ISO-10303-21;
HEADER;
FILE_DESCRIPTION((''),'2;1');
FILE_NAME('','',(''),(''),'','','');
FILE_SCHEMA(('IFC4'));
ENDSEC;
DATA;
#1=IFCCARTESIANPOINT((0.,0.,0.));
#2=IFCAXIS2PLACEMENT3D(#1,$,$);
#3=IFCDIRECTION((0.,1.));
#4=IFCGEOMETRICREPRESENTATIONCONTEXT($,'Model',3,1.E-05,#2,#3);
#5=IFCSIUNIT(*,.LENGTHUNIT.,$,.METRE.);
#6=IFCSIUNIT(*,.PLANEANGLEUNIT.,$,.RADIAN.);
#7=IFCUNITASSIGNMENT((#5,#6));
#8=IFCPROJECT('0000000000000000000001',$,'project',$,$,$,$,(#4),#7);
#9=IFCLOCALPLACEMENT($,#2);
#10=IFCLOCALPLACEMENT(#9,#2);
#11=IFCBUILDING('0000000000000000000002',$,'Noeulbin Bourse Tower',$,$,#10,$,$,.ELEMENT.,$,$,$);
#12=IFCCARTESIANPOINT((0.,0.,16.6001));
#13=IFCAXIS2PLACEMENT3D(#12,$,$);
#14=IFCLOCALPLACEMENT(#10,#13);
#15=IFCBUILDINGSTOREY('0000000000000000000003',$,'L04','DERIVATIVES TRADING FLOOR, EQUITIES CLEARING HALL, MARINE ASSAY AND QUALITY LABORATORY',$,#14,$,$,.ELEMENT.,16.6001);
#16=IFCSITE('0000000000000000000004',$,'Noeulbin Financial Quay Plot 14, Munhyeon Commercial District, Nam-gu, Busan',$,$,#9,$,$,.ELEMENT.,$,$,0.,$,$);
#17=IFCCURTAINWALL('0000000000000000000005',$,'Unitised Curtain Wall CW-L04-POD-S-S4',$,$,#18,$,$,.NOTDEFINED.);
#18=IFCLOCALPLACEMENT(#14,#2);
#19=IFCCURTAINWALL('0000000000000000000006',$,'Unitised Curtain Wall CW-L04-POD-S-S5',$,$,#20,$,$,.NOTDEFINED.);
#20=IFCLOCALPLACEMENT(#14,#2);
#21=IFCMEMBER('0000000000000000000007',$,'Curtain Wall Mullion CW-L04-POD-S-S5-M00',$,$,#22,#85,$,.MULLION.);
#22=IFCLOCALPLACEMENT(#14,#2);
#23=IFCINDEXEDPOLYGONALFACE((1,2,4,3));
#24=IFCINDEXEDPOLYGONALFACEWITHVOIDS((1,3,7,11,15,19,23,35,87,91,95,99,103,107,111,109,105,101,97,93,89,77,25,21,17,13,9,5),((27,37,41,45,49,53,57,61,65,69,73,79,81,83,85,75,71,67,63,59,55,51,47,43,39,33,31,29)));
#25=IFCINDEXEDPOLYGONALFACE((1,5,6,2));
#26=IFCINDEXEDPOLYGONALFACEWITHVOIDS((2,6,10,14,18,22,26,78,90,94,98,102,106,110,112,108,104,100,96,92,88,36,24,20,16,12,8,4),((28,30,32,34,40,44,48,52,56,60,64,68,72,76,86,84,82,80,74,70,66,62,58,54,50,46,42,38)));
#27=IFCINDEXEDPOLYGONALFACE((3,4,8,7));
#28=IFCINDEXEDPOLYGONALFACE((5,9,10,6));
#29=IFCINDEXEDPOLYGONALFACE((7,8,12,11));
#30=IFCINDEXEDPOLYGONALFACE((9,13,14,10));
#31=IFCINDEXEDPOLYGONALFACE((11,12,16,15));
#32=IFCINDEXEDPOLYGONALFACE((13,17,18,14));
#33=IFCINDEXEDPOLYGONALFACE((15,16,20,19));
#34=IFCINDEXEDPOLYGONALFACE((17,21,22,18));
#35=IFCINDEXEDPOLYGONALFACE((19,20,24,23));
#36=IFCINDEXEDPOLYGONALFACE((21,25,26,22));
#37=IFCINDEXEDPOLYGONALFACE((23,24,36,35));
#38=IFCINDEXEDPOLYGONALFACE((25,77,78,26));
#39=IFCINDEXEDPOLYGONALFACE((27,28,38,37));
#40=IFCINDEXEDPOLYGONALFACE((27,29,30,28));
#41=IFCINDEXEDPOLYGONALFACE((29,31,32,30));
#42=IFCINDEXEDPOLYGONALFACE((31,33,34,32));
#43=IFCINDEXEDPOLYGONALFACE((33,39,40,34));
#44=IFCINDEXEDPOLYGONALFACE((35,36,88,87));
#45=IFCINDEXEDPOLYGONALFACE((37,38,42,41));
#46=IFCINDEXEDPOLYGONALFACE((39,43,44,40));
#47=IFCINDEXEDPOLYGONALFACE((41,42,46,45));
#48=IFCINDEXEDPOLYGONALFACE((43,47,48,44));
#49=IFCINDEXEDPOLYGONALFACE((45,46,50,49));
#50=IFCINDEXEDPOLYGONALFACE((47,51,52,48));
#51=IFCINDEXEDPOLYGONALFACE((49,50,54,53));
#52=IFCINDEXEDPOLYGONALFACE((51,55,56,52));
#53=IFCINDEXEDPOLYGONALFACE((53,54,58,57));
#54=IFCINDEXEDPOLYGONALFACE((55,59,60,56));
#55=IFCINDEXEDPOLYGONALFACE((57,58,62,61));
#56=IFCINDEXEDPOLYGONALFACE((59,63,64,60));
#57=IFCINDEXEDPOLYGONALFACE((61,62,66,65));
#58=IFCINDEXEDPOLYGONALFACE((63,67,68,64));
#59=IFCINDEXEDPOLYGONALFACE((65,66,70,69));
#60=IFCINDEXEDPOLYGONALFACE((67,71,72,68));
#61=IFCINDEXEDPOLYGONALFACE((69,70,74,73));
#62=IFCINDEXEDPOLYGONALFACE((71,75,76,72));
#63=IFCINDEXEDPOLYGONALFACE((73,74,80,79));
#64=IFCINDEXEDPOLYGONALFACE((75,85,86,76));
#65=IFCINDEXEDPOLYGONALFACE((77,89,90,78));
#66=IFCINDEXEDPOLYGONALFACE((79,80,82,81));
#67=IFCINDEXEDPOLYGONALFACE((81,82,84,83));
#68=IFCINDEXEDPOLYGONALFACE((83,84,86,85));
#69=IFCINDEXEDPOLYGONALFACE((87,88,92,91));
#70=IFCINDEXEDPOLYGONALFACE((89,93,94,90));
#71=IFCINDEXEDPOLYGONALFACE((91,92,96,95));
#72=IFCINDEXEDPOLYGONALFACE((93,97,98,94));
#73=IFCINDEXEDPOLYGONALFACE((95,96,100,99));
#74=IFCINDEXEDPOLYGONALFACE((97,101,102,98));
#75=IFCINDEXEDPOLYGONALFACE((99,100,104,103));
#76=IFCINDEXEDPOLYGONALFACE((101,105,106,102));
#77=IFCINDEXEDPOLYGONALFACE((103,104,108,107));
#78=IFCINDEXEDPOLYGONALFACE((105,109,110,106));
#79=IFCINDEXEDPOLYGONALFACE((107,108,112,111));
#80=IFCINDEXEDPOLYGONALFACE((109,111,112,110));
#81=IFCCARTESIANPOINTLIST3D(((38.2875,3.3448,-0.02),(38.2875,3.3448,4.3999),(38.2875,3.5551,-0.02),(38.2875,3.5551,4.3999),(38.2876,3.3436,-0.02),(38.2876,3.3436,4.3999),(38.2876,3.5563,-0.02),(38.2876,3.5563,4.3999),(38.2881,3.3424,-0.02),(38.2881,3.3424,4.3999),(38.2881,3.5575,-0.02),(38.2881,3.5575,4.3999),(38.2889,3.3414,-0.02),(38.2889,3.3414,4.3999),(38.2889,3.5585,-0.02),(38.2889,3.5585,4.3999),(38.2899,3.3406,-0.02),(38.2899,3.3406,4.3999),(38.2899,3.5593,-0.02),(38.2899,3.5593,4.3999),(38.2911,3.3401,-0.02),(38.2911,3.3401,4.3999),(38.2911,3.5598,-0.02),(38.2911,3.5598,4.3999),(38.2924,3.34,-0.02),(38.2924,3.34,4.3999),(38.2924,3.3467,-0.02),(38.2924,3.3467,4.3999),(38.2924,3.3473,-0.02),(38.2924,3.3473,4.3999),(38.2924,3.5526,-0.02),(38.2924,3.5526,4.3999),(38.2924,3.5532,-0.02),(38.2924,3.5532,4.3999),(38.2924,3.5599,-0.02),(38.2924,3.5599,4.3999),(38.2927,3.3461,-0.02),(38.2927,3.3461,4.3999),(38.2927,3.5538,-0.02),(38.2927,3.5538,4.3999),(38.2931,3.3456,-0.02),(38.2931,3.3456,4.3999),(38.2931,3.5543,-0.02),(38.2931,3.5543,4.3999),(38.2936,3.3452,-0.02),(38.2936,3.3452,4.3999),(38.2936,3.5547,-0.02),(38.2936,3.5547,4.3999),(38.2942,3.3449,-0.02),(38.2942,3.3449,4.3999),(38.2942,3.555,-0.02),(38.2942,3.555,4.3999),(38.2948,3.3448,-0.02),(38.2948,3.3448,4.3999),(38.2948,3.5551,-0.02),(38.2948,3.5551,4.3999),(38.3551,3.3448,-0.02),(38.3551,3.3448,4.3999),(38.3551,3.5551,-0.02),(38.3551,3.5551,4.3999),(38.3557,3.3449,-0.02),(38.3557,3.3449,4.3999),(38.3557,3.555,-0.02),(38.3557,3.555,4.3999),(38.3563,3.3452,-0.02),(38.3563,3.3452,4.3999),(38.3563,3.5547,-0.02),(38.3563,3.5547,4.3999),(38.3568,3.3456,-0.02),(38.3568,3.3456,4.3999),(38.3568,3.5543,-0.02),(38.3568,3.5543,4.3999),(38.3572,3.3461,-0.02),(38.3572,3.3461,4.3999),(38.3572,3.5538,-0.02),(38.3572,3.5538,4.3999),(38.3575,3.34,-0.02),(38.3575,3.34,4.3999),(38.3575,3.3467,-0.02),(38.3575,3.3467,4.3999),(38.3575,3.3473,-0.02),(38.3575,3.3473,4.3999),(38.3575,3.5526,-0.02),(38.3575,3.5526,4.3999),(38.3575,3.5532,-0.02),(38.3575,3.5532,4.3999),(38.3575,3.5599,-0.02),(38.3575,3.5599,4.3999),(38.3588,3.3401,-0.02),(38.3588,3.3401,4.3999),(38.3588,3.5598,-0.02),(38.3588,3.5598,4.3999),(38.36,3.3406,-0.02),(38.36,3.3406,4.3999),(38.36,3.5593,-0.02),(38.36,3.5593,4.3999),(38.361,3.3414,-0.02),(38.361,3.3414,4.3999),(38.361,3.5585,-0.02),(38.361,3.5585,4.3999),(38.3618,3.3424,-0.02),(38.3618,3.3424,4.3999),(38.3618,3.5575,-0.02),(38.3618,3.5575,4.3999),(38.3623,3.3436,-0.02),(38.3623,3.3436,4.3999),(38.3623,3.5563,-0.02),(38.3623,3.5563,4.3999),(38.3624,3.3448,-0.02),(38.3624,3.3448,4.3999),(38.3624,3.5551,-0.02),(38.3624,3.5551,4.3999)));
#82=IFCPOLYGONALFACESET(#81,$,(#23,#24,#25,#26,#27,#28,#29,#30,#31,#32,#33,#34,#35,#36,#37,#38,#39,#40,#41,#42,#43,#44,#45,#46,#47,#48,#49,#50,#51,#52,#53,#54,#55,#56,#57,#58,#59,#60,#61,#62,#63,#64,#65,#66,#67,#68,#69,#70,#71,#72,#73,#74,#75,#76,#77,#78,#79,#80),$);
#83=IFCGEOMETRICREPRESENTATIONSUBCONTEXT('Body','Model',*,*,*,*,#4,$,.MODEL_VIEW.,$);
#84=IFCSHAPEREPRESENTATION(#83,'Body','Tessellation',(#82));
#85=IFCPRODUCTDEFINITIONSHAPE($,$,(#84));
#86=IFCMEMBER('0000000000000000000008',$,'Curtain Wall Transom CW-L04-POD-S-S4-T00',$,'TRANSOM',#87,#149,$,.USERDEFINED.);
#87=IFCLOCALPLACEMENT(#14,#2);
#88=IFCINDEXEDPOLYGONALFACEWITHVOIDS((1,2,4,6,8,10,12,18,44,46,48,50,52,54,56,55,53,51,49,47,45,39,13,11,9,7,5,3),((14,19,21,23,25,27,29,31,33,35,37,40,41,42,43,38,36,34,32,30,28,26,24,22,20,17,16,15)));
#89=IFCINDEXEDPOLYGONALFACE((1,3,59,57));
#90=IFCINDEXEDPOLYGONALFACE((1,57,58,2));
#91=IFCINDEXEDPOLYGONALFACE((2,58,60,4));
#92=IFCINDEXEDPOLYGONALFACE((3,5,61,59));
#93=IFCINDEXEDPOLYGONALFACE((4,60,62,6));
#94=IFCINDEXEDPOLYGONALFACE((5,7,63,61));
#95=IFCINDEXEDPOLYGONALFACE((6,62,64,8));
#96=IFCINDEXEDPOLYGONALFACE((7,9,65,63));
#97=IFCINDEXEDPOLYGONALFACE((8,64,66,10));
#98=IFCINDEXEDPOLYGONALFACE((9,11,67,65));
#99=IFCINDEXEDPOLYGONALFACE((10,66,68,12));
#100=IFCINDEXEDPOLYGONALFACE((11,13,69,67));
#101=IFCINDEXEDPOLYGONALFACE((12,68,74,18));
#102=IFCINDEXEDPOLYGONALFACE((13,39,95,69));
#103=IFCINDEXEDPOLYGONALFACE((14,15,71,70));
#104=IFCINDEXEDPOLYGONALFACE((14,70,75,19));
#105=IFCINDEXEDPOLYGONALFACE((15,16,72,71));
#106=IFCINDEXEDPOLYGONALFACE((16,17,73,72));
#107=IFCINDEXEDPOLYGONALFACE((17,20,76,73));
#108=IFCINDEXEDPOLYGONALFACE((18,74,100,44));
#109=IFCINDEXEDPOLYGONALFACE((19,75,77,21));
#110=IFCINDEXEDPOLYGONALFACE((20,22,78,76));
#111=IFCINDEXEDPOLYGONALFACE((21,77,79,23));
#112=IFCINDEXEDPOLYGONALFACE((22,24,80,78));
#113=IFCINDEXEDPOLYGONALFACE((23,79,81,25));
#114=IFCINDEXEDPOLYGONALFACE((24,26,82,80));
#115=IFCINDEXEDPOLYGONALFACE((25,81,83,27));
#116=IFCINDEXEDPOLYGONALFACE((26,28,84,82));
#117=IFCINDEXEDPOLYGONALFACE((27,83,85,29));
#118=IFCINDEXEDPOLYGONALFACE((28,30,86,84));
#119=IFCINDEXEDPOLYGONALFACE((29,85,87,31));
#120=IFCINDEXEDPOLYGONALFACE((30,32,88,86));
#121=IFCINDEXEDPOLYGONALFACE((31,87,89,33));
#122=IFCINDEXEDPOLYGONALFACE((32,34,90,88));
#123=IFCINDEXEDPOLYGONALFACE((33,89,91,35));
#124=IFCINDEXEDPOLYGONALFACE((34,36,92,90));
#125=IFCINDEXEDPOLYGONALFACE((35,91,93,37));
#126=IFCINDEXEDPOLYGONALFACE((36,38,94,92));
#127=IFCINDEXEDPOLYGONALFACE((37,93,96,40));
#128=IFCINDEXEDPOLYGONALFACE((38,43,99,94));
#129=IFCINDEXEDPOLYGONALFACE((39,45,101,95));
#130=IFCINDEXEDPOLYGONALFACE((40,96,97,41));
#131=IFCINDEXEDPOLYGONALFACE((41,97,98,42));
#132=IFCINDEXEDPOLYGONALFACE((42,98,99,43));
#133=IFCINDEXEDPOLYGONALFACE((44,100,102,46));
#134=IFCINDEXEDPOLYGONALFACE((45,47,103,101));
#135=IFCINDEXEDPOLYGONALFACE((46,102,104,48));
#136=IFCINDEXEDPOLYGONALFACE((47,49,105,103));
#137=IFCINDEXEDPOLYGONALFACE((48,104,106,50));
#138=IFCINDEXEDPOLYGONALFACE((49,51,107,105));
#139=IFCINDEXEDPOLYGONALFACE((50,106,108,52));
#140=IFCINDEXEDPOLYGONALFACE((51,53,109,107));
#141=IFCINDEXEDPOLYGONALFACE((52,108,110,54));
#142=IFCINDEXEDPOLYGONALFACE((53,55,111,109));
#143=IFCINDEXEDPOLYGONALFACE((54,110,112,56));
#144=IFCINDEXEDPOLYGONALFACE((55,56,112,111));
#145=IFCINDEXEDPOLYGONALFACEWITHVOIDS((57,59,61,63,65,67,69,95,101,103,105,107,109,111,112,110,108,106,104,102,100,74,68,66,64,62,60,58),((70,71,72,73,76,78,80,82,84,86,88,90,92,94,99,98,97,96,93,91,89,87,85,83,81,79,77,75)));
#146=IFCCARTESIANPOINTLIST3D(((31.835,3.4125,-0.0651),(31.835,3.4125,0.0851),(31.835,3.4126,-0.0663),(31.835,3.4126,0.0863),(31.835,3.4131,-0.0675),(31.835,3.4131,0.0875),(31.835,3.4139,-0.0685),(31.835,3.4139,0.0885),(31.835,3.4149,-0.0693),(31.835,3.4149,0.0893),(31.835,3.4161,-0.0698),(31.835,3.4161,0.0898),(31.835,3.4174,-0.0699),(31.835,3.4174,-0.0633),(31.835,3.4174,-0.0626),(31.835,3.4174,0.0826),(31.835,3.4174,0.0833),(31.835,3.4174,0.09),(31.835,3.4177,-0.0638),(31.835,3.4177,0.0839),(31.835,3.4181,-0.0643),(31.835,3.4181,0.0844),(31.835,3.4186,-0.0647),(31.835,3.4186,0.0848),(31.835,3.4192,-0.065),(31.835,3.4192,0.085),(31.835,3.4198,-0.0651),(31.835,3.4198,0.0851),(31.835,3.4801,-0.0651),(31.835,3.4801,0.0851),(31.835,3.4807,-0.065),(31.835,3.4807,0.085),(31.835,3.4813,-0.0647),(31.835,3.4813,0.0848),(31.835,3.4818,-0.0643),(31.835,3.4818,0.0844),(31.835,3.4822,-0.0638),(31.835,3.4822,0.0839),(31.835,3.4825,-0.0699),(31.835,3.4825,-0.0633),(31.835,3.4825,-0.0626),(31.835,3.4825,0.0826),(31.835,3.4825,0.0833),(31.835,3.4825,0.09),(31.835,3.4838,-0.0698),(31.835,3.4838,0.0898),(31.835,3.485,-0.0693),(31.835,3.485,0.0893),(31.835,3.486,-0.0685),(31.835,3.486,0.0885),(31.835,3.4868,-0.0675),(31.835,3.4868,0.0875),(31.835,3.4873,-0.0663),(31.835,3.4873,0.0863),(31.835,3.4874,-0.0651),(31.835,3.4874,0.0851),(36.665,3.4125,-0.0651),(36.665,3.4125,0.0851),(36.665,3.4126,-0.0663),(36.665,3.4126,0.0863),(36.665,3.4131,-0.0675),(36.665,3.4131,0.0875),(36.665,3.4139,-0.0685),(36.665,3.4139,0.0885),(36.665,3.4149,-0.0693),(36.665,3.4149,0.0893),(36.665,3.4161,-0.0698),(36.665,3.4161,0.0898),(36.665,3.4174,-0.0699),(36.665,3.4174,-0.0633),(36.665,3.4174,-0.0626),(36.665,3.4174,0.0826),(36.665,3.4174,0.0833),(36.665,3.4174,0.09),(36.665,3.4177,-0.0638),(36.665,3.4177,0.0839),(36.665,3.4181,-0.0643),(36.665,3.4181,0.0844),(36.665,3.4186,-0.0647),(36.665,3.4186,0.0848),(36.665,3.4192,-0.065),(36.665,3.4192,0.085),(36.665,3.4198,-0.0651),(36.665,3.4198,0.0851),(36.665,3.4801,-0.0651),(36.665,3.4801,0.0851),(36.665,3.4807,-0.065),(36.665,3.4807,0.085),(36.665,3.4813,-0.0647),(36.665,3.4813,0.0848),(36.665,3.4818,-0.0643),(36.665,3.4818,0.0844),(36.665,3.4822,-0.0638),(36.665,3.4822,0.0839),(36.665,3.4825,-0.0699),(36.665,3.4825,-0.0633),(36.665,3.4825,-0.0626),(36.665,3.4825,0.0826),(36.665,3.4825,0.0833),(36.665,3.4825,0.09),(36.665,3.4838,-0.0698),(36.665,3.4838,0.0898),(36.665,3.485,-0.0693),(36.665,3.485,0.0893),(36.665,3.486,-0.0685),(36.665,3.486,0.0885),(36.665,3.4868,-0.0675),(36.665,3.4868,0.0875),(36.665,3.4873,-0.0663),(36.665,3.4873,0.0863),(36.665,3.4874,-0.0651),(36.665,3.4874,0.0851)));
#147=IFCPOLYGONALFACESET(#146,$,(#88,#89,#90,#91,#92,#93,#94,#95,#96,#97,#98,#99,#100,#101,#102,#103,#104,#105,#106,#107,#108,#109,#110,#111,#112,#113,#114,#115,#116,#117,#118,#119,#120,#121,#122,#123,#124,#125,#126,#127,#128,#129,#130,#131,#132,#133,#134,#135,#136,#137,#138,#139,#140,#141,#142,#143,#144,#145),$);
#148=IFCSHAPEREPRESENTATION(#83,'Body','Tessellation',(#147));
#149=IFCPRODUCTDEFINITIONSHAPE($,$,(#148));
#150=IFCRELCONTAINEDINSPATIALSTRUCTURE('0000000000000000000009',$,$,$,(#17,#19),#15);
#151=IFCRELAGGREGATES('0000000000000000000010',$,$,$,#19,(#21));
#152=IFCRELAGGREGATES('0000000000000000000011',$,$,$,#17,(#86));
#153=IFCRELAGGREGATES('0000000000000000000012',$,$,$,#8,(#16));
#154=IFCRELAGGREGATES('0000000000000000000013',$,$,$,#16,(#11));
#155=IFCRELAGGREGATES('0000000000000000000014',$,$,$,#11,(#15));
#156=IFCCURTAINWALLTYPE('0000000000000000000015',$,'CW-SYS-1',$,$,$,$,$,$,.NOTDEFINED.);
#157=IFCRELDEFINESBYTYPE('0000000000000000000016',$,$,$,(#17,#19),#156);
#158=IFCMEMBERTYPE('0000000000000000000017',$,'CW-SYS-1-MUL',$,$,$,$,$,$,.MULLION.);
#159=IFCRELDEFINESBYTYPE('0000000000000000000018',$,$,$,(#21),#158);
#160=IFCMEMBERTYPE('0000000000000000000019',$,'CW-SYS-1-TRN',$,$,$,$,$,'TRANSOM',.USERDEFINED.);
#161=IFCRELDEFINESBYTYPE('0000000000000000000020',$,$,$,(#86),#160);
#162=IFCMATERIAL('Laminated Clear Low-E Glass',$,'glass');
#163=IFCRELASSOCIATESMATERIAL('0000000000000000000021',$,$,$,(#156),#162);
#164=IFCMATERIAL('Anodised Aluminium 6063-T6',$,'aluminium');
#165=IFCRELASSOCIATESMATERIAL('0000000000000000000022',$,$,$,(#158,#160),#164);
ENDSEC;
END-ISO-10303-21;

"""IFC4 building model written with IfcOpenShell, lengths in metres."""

from ifc_helpers import new_model, si_unit, direction, frame, origin, origin_2d, place, context, subcontext, project, spatial, hollow_rectangle, extrude, material, material_profile, profile_set, type_object, element, aggregate, save


model = new_model("IFC4")

# Units and contexts
model_context = context("Model", 3, precision=1e-05, world=origin(), true_north=direction((0.0, 1.0)))
body_context = subcontext(model_context, "Body", "Model", "MODEL_VIEW")
ifc_project = project(units=[si_unit("LENGTHUNIT", "METRE"), si_unit("PLANEANGLEUNIT", "RADIAN")], contexts=[model_context])

# Site, building, storey
site_placement = place(None, origin())
site = spatial("IfcSite", under=ifc_project, at=site_placement, Name="Noeulbin Financial Quay Plot 14, Munhyeon Commercial District, Nam-gu, Busan", CompositionType="ELEMENT", RefElevation=0.0)
building_placement = place(site_placement, origin())
building = spatial("IfcBuilding", under=site, at=building_placement, Name="Noeulbin Bourse Tower", CompositionType="ELEMENT")
storey_placement = place(building_placement, frame((0.0, 0.0, 16.6001)))
storey = spatial("IfcBuildingStorey", under=building, at=storey_placement, Name="L04", Description="DERIVATIVES TRADING FLOOR, EQUITIES CLEARING HALL, MARINE ASSAY AND QUALITY LABORATORY", CompositionType="ELEMENT", Elevation=16.6001)

# Shared definitions
ifc_material_1 = material(Name="Laminated Clear Low-E Glass", Category="glass")
curtain_wall_type = type_object("IfcCurtainWallType", Name="CW-SYS-1", PredefinedType="NOTDEFINED", material=ifc_material_1)
ifc_material_2 = material(Name="Anodised Aluminium 6063-T6", Category="aluminium")
ifc_material_profile_1 = material_profile(ifc_material_2, hollow_rectangle(XDim=0.075, YDim=0.22, WallThickness=0.0049, InnerFilletRadius=0.0024, OuterFilletRadius=0.0049, at=origin_2d()), Name="ALU-MULL-75x220x5", Category="LoadBearing")
ifc_profile_set_1 = profile_set([ifc_material_profile_1], Name="Anodised Aluminium 6063-T6")
member_type_1 = type_object("IfcMemberType", Name="CW-SYS-1-MUL", PredefinedType="MULLION", material=ifc_profile_set_1)

# Curtain wall
curtain_wall_1_placement = place(storey_placement, origin())
curtain_wall_1 = element("IfcCurtainWall", 1, at=curtain_wall_1_placement, inside=storey, type_object=curtain_wall_type, Name="Unitised Curtain Wall CW-L04-POD-S-S4", PredefinedType="NOTDEFINED")

# Curtain wall, member
curtain_wall_2_placement = place(storey_placement, origin())
curtain_wall_2 = element("IfcCurtainWall", 2, at=curtain_wall_2_placement, inside=storey, type_object=curtain_wall_type, Name="Unitised Curtain Wall CW-L04-POD-S-S5", PredefinedType="NOTDEFINED")
member_1_placement = place(storey_placement, frame((38.325, 3.45, -0.02), z_axis=(0.0, 0.0, 1.0), x_axis=(1.0, 0.0, 0.0)))
member_1 = element("IfcMember", 3, at=member_1_placement, type_object=member_type_1, Name="Curtain Wall Mullion CW-L04-POD-S-S5-M00", PredefinedType="MULLION", context=body_context, shape_type="SweptSolid", body=[
    extrude(hollow_rectangle(XDim=0.075, YDim=0.22, WallThickness=0.0049, InnerFilletRadius=0.0024, OuterFilletRadius=0.0049, at=origin_2d()), origin(), (0.0, 0.0, 1.0), 4.4199),
])

# Member
ifc_material_profile_2 = material_profile(ifc_material_2, hollow_rectangle(XDim=0.075, YDim=0.1599, WallThickness=0.0049, InnerFilletRadius=0.0024, OuterFilletRadius=0.0049, at=origin_2d()), Name="ALU-TRAN-75x160x5", Category="LoadBearing")
ifc_profile_set_2 = profile_set([ifc_material_profile_2], Name="Anodised Aluminium 6063-T6")
member_type_2 = type_object("IfcMemberType", Name="CW-SYS-1-TRN", ElementType="TRANSOM", PredefinedType="USERDEFINED", material=ifc_profile_set_2)
member_2_placement = place(storey_placement, frame((31.835, 3.45, 0.01), z_axis=(1.0, 0.0, 0.0), x_axis=(0.0, 1.0, 0.0)))
member_2 = element("IfcMember", 4, at=member_2_placement, type_object=member_type_2, Name="Curtain Wall Transom CW-L04-POD-S-S4-T00", ObjectType="TRANSOM", PredefinedType="USERDEFINED", context=body_context, shape_type="SweptSolid", body=[
    extrude(hollow_rectangle(XDim=0.075, YDim=0.1599, WallThickness=0.0049, InnerFilletRadius=0.0024, OuterFilletRadius=0.0049, at=origin_2d()), origin(), (0.0, 0.0, 1.0), 4.8301),
])
aggregate(curtain_wall_2, [member_1])

aggregate(curtain_wall_1, [member_2])

save(model, "model.ifc")
